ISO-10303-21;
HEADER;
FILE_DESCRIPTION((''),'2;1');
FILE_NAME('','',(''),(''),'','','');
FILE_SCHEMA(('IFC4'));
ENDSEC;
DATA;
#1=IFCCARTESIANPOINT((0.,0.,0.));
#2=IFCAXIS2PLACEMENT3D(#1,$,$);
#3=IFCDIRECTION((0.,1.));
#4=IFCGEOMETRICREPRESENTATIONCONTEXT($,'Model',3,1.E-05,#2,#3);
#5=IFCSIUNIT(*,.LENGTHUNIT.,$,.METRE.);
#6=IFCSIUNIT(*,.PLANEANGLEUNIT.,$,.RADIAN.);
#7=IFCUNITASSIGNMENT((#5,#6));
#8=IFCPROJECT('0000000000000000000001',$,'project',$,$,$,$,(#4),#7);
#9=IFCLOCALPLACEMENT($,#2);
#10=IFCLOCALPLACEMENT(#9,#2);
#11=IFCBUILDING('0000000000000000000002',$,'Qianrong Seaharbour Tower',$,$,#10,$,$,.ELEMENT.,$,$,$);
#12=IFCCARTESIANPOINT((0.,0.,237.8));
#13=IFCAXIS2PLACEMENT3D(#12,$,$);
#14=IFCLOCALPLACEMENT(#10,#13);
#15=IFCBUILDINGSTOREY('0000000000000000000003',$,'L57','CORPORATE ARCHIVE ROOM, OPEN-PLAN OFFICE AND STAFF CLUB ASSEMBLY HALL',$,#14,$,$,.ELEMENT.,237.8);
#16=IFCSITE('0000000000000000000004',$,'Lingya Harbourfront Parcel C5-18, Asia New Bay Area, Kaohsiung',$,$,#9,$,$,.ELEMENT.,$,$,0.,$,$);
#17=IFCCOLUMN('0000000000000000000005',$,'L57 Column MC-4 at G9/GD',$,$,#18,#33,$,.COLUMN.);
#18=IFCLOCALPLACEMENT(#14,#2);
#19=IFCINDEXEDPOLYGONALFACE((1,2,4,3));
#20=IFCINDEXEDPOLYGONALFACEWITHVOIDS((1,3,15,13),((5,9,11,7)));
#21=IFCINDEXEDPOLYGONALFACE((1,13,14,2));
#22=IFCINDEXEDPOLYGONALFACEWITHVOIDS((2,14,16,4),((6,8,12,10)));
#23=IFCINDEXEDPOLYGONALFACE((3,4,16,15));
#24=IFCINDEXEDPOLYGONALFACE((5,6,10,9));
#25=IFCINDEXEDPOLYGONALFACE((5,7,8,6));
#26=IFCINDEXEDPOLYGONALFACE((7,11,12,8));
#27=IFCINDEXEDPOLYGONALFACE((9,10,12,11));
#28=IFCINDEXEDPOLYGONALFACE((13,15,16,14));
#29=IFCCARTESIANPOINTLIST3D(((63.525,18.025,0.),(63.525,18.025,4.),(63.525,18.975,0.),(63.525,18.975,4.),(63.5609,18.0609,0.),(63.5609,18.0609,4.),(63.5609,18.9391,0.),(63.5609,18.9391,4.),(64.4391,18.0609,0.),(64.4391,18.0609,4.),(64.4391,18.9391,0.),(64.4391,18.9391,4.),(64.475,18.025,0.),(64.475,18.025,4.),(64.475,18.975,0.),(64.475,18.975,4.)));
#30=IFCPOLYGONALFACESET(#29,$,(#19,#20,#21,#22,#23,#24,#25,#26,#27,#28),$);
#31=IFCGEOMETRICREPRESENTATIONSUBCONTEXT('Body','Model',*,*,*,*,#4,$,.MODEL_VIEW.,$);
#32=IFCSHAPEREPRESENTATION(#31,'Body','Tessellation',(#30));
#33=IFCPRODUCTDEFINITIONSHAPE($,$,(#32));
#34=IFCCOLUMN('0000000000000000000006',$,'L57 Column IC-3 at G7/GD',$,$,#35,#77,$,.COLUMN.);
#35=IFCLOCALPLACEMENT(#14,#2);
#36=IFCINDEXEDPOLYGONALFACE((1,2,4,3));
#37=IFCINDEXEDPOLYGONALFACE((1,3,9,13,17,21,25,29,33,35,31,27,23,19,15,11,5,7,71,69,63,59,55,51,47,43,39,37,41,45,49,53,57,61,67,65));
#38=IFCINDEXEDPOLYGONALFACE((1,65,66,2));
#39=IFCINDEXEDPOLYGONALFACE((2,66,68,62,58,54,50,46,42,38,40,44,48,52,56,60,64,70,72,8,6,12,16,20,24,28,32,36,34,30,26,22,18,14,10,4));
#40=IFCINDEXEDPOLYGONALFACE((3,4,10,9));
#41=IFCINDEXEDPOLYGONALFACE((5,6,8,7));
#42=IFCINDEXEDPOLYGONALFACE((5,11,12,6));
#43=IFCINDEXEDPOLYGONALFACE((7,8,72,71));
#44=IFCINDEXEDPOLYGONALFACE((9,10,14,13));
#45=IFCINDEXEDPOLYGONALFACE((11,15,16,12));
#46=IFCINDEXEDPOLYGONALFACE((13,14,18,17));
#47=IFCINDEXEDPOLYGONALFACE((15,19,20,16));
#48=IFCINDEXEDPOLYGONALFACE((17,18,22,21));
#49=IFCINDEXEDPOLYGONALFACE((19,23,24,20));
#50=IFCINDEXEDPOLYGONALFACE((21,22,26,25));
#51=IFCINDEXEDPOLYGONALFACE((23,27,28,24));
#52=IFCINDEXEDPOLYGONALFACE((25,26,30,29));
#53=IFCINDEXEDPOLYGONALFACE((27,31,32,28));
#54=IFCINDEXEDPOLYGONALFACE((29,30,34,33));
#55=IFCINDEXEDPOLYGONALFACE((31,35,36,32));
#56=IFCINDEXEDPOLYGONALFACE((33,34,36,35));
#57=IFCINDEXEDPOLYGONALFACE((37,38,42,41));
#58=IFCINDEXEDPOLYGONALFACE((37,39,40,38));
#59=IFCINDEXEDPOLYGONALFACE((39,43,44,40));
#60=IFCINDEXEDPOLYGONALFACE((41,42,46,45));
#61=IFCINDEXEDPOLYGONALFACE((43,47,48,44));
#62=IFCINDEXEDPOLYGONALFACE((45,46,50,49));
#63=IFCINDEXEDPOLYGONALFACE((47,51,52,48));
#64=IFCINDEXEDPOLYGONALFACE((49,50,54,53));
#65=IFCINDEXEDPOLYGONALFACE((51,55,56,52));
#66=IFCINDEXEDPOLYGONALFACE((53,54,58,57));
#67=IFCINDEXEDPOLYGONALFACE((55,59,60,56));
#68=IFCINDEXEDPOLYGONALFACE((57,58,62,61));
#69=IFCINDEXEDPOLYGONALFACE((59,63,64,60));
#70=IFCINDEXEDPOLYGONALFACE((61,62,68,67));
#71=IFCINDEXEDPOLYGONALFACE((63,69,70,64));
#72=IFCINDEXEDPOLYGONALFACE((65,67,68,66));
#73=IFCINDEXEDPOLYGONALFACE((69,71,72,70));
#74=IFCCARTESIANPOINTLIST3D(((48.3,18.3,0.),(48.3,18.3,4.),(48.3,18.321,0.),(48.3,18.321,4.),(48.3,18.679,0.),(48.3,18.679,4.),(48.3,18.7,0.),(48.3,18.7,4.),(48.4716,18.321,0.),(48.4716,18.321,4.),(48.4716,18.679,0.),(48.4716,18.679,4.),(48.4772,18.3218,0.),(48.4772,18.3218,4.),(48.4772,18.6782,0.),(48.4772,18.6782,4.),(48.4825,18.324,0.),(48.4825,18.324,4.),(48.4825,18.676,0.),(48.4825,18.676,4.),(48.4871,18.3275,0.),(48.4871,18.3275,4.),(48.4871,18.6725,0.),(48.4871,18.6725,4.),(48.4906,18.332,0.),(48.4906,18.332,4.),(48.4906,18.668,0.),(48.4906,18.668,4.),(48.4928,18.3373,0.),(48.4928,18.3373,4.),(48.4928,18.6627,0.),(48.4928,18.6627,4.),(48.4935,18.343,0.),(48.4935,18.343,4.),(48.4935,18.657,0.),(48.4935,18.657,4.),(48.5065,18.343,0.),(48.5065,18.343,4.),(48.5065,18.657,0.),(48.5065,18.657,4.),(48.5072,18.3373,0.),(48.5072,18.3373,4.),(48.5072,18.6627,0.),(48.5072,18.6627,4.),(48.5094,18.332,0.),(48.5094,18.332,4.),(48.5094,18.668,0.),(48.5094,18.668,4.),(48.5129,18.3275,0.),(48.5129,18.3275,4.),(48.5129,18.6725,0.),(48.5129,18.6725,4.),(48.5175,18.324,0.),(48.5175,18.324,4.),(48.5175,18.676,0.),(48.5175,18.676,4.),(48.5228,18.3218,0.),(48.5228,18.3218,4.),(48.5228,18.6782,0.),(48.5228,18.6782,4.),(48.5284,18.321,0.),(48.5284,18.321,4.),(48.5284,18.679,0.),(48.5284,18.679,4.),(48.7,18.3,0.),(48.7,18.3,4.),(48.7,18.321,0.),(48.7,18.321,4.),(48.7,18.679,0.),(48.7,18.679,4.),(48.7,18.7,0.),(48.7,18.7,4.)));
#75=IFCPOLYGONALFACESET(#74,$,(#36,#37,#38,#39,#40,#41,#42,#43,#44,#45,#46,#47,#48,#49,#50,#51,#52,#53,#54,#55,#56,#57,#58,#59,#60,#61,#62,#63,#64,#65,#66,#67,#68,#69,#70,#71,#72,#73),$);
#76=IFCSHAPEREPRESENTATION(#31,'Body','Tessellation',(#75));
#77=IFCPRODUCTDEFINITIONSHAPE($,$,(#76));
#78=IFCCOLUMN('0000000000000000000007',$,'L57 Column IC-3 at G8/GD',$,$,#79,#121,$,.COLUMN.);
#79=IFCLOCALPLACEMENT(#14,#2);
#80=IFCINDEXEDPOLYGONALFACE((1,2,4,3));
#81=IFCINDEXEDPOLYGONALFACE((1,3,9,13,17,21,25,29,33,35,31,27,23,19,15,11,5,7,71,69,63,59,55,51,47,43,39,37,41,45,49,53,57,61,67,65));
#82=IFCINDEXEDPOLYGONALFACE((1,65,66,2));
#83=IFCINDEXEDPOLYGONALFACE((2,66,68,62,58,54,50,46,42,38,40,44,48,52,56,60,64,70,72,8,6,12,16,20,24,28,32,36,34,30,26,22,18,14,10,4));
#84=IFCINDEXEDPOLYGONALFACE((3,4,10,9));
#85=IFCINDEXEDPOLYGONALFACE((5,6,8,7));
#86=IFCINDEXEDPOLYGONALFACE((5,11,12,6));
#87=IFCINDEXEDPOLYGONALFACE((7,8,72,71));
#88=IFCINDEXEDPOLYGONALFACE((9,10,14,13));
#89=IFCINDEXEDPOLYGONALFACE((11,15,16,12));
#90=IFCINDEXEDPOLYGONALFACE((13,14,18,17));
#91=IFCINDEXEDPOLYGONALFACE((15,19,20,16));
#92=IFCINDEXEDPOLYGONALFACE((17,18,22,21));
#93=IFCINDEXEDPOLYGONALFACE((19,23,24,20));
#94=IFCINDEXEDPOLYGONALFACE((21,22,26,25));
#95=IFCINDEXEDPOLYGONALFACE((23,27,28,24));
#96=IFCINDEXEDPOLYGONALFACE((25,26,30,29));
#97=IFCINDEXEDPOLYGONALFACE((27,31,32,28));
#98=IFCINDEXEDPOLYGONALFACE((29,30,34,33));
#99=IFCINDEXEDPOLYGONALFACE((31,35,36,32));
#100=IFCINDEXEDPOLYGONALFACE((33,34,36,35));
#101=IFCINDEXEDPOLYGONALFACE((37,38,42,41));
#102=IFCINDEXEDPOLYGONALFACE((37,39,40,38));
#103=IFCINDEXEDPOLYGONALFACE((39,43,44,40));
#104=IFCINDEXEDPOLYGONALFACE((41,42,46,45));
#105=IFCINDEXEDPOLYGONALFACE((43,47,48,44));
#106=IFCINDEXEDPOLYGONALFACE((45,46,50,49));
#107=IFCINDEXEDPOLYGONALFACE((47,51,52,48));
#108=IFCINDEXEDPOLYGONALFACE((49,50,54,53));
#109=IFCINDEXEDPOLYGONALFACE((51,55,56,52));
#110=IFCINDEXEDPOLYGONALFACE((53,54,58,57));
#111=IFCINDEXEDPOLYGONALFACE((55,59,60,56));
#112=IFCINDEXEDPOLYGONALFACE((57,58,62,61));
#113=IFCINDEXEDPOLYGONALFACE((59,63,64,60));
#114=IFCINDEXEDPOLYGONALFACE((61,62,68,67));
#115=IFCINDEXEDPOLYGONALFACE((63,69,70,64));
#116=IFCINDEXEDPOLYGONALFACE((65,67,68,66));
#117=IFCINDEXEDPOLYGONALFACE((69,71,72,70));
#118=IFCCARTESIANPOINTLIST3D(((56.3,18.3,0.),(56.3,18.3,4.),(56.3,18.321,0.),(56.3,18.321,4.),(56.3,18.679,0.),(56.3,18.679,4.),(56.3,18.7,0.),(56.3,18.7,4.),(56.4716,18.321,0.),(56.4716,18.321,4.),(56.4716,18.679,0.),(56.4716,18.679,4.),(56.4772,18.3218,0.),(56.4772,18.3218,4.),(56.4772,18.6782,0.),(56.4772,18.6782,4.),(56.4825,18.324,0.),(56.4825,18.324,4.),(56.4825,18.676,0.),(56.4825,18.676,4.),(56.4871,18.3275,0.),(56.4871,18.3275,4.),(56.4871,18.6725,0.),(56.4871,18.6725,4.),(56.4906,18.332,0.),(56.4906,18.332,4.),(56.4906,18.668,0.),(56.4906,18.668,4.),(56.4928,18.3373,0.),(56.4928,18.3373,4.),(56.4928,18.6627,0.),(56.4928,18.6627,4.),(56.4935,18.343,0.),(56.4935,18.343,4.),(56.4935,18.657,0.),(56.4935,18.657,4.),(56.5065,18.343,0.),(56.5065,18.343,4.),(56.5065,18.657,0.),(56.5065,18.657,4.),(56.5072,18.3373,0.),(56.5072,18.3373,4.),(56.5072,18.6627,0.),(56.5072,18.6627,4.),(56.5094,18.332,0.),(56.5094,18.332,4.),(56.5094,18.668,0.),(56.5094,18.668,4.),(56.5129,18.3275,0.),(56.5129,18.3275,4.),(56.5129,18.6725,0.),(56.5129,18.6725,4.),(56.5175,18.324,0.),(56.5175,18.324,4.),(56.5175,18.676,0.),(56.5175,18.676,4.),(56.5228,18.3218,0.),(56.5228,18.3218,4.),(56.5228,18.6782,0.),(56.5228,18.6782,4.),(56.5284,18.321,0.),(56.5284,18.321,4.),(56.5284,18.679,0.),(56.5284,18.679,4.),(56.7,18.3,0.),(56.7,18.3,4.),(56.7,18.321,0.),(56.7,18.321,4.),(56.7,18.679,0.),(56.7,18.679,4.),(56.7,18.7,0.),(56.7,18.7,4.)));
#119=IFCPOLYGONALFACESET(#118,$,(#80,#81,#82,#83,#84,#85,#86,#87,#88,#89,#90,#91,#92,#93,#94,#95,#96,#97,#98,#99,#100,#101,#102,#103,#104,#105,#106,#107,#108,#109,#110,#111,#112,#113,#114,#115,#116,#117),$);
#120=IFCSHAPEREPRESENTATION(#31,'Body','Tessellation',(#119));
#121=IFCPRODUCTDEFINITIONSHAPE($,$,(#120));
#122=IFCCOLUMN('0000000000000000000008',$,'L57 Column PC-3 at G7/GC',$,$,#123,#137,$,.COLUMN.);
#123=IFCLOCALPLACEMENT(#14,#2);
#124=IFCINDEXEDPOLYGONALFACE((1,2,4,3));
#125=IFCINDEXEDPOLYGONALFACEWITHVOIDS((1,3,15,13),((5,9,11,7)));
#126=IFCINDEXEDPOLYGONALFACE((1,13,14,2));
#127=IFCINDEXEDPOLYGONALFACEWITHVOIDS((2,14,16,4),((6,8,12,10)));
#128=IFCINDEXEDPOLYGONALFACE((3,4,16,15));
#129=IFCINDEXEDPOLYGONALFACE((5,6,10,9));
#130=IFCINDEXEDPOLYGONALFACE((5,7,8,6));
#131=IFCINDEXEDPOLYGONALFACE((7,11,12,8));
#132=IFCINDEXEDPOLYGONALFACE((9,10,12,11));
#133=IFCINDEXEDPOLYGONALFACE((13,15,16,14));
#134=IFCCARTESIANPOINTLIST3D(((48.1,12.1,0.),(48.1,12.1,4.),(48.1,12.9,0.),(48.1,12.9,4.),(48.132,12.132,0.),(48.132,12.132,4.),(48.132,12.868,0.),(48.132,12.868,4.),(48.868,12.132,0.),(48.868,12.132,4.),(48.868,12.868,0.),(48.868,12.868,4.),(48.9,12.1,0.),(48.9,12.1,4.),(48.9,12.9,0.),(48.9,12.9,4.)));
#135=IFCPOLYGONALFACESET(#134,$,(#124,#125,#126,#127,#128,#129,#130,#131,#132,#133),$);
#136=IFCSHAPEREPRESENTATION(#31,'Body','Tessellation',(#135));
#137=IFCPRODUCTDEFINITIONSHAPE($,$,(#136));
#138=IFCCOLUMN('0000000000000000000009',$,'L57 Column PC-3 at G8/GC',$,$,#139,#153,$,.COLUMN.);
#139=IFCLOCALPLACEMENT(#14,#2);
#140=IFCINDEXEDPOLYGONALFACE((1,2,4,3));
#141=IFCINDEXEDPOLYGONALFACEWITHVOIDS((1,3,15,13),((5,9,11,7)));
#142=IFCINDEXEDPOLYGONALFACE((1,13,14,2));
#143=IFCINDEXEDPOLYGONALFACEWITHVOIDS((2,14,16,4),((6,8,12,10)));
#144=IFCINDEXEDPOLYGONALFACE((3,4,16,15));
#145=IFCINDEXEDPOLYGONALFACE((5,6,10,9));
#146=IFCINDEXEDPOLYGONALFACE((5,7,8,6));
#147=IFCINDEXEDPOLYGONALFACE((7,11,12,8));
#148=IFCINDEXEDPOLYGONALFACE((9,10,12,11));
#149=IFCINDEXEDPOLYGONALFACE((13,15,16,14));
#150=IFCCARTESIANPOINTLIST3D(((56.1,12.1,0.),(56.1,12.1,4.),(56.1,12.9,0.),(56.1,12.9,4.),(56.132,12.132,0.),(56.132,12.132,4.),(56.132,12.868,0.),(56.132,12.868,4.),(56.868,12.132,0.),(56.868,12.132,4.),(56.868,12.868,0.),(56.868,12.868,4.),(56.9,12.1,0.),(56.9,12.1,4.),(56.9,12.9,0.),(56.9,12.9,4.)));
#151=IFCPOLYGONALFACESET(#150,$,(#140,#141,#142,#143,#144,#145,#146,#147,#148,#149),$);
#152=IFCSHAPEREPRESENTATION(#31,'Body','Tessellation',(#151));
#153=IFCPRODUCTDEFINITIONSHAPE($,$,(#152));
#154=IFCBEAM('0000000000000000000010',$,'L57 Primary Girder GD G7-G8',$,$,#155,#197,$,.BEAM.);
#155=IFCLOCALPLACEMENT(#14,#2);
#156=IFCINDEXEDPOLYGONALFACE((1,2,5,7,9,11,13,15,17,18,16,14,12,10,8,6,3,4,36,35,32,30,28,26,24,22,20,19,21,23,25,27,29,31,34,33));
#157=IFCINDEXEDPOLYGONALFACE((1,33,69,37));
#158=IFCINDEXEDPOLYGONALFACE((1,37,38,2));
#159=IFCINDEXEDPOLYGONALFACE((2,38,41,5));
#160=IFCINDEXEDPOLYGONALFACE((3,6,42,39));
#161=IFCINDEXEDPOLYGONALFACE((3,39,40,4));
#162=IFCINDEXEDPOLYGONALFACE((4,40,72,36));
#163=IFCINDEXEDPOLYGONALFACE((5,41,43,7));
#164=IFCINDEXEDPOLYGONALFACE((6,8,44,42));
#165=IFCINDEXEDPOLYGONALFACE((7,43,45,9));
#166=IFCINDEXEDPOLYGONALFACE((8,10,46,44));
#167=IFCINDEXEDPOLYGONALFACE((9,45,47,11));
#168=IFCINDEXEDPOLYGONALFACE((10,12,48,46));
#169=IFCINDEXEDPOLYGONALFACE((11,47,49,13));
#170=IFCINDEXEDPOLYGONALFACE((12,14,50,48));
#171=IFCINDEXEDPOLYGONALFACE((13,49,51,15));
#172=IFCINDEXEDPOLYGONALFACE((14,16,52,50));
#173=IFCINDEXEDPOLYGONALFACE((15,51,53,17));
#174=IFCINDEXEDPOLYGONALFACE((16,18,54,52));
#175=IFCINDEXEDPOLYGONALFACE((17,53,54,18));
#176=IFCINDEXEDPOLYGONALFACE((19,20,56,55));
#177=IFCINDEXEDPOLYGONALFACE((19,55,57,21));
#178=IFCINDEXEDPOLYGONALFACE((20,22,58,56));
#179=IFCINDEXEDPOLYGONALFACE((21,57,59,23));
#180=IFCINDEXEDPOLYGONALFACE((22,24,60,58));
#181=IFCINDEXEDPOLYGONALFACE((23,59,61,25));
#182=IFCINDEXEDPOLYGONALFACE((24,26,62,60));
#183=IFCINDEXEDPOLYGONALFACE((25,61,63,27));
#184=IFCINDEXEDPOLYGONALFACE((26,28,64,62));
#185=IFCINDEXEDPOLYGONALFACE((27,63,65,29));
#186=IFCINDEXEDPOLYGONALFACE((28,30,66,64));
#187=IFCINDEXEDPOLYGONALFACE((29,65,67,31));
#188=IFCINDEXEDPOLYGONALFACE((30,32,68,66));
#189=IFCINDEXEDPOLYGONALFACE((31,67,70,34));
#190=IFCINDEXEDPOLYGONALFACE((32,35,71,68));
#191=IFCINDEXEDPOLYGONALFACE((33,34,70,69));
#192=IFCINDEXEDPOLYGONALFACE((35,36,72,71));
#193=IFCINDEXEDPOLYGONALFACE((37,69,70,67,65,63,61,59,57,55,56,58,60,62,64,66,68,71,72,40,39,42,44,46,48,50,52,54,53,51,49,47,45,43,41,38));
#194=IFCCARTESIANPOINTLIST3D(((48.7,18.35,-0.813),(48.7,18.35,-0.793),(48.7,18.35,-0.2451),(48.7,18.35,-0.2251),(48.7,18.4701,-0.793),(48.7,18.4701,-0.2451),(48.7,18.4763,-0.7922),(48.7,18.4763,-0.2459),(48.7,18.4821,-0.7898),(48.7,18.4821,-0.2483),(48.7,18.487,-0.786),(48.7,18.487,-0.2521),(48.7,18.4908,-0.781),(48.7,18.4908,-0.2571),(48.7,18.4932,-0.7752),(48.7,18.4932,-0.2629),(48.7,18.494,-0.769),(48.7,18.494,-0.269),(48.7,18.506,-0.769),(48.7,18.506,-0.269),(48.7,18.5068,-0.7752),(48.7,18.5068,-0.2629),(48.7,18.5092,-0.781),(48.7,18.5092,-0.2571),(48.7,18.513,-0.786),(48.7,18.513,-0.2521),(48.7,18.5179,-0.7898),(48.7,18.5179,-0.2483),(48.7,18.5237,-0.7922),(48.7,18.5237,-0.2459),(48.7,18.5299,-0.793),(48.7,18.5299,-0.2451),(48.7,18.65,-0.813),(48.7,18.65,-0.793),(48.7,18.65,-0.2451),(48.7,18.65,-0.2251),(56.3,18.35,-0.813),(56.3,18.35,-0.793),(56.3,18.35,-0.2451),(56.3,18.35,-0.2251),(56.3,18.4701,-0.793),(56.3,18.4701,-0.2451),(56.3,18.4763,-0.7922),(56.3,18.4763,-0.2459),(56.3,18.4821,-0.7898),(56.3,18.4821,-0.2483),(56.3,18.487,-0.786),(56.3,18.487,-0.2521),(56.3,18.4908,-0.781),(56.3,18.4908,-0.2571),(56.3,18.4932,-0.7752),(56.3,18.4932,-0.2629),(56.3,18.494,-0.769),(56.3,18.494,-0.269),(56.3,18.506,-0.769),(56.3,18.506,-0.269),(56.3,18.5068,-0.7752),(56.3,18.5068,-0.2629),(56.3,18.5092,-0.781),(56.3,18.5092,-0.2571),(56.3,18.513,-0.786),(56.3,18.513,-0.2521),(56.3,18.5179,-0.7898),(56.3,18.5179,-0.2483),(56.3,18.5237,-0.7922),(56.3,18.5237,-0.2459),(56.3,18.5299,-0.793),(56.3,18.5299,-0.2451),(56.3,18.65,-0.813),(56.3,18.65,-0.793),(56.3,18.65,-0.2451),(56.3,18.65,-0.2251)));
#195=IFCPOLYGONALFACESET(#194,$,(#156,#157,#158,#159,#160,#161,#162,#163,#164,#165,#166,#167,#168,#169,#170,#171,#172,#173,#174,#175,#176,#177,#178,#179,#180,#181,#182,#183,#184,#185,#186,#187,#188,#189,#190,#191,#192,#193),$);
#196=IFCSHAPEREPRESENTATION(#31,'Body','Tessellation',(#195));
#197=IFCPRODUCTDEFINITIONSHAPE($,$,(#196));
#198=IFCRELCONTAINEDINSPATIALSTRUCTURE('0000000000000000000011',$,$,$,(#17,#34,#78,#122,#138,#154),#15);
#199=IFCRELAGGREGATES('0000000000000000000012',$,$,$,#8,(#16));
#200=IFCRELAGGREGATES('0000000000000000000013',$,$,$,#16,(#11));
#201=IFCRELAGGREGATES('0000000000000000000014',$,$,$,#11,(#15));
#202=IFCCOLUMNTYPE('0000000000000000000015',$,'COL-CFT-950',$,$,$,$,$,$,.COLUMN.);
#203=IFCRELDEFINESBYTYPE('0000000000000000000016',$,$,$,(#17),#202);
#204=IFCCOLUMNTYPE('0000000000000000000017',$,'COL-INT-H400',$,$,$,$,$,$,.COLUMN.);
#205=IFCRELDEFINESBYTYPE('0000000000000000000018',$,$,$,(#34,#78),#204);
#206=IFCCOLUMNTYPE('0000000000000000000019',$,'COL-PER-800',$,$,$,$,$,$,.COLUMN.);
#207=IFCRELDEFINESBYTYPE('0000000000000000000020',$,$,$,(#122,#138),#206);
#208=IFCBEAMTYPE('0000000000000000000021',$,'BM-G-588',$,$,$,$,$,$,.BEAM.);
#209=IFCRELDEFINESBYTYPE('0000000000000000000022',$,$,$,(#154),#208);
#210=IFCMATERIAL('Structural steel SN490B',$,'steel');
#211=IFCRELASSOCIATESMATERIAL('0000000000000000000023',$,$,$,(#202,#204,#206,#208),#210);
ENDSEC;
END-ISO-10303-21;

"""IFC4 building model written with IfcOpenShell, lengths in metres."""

from ifc_helpers import new_model, si_unit, direction, frame, origin, origin_2d, place, context, subcontext, project, spatial, hollow_rectangle, i_section, extrude, material, material_profile, profile_set, type_object, element, save


model = new_model("IFC4")

# Units and contexts
model_context = context("Model", 3, precision=1e-05, world=origin(), true_north=direction((0.0, 1.0)))
body_context = subcontext(model_context, "Body", "Model", "MODEL_VIEW")
ifc_project = project(units=[si_unit("LENGTHUNIT", "METRE"), si_unit("PLANEANGLEUNIT", "RADIAN")], contexts=[model_context])

# Site, building, storey
site_placement = place(None, origin())
site = spatial("IfcSite", under=ifc_project, at=site_placement, Name="Lingya Harbourfront Parcel C5-18, Asia New Bay Area, Kaohsiung", CompositionType="ELEMENT", RefElevation=0.0)
building_placement = place(site_placement, origin())
building = spatial("IfcBuilding", under=site, at=building_placement, Name="Qianrong Seaharbour Tower", CompositionType="ELEMENT")
storey_placement = place(building_placement, frame((0.0, 0.0, 237.8)))
storey = spatial("IfcBuildingStorey", under=building, at=storey_placement, Name="L57", Description="CORPORATE ARCHIVE ROOM, OPEN-PLAN OFFICE AND STAFF CLUB ASSEMBLY HALL", CompositionType="ELEMENT", Elevation=237.8)

# Columns
ifc_material_1 = material(Name="Structural steel SN490B", Category="steel")
ifc_material_profile_1 = material_profile(ifc_material_1, hollow_rectangle(XDim=0.95, YDim=0.95, WallThickness=0.0359, at=origin_2d()), Name="BOX950x950x36")
ifc_profile_set_1 = profile_set([ifc_material_profile_1], Name="Structural steel SN490B")
column_type_1 = type_object("IfcColumnType", Name="COL-CFT-950", PredefinedType="COLUMN", material=ifc_profile_set_1)
column_placement = place(storey_placement, frame((64.0, 18.5, 0.0), z_axis=(0.0, 0.0, 1.0), x_axis=(1.0, 0.0, 0.0)))
element("IfcColumn", 1, at=column_placement, inside=storey, type_object=column_type_1, Name="L57 Column MC-4 at G9/GD", PredefinedType="COLUMN", context=body_context, shape_type="SweptSolid", body=[
    extrude(hollow_rectangle(XDim=0.95, YDim=0.95, WallThickness=0.0359, at=origin_2d()), origin(), (0.0, 0.0, 1.0), 4.0),
])
ifc_material_profile_2 = material_profile(ifc_material_1, i_section(OverallWidth=0.3999, OverallDepth=0.3999, WebThickness=0.0129, FlangeThickness=0.021, FilletRadius=0.022, at=origin_2d()), Name="H400x400x13x21")
ifc_profile_set_2 = profile_set([ifc_material_profile_2], Name="Structural steel SN490B")
column_type_2 = type_object("IfcColumnType", Name="COL-INT-H400", PredefinedType="COLUMN", material=ifc_profile_set_2)
for number, where, z_axis, x_axis, name in (
    (2, (48.5, 18.5, 0.0), (0.0, 0.0, 1.0), (1.0, 0.0, 0.0), "L57 Column IC-3 at G7/GD"),
    (3, (56.5, 18.5, 0.0), (0.0, 0.0, 1.0), (1.0, 0.0, 0.0), "L57 Column IC-3 at G8/GD"),
):
    element("IfcColumn", number, at=place(storey_placement, frame(where, z_axis=z_axis, x_axis=x_axis)), inside=storey, type_object=column_type_2, Name=name, PredefinedType="COLUMN", context=body_context, shape_type="SweptSolid", body=[
        extrude(i_section(OverallWidth=0.3999, OverallDepth=0.3999, WebThickness=0.0129, FlangeThickness=0.021, FilletRadius=0.022, at=origin_2d()), origin(), (0.0, 0.0, 1.0), 4.0),
    ])
ifc_material_profile_3 = material_profile(ifc_material_1, hollow_rectangle(XDim=0.8, YDim=0.8, WallThickness=0.032, at=origin_2d()), Name="BOX800x800x32")
ifc_profile_set_3 = profile_set([ifc_material_profile_3], Name="Structural steel SN490B")
column_type_3 = type_object("IfcColumnType", Name="COL-PER-800", PredefinedType="COLUMN", material=ifc_profile_set_3)
for number, where, z_axis, x_axis, name in (
    (4, (48.5, 12.5, 0.0), (0.0, 0.0, 1.0), (1.0, 0.0, 0.0), "L57 Column PC-3 at G7/GC"),
    (5, (56.5, 12.5, 0.0), (0.0, 0.0, 1.0), (1.0, 0.0, 0.0), "L57 Column PC-3 at G8/GC"),
):
    element("IfcColumn", number, at=place(storey_placement, frame(where, z_axis=z_axis, x_axis=x_axis)), inside=storey, type_object=column_type_3, Name=name, PredefinedType="COLUMN", context=body_context, shape_type="SweptSolid", body=[
        extrude(hollow_rectangle(XDim=0.8, YDim=0.8, WallThickness=0.032, at=origin_2d()), origin(), (0.0, 0.0, 1.0), 4.0),
    ])

# Beam
ifc_material_profile_4 = material_profile(ifc_material_1, i_section(OverallWidth=0.3, OverallDepth=0.5879, WebThickness=0.012, FlangeThickness=0.02, FilletRadius=0.0239, at=origin_2d()), Name="H588x300x12x20")
ifc_profile_set_4 = profile_set([ifc_material_profile_4], Name="Structural steel SN490B")
beam_type_1 = type_object("IfcBeamType", Name="BM-G-588", PredefinedType="BEAM", material=ifc_profile_set_4)
beam_1_placement = place(storey_placement, frame((48.7, 18.5, -0.519), z_axis=(1.0, 0.0, 0.0), x_axis=(0.0, 1.0, 0.0)))
element("IfcBeam", 6, at=beam_1_placement, inside=storey, type_object=beam_type_1, Name="L57 Primary Girder GD G7-G8", PredefinedType="BEAM", context=body_context, shape_type="SweptSolid", body=[
    extrude(i_section(OverallWidth=0.3, OverallDepth=0.5879, WebThickness=0.012, FlangeThickness=0.02, FilletRadius=0.0239, at=origin_2d()), origin(), (0.0, 0.0, 1.0), 7.6001),
])

save(model, "model.ifc")
